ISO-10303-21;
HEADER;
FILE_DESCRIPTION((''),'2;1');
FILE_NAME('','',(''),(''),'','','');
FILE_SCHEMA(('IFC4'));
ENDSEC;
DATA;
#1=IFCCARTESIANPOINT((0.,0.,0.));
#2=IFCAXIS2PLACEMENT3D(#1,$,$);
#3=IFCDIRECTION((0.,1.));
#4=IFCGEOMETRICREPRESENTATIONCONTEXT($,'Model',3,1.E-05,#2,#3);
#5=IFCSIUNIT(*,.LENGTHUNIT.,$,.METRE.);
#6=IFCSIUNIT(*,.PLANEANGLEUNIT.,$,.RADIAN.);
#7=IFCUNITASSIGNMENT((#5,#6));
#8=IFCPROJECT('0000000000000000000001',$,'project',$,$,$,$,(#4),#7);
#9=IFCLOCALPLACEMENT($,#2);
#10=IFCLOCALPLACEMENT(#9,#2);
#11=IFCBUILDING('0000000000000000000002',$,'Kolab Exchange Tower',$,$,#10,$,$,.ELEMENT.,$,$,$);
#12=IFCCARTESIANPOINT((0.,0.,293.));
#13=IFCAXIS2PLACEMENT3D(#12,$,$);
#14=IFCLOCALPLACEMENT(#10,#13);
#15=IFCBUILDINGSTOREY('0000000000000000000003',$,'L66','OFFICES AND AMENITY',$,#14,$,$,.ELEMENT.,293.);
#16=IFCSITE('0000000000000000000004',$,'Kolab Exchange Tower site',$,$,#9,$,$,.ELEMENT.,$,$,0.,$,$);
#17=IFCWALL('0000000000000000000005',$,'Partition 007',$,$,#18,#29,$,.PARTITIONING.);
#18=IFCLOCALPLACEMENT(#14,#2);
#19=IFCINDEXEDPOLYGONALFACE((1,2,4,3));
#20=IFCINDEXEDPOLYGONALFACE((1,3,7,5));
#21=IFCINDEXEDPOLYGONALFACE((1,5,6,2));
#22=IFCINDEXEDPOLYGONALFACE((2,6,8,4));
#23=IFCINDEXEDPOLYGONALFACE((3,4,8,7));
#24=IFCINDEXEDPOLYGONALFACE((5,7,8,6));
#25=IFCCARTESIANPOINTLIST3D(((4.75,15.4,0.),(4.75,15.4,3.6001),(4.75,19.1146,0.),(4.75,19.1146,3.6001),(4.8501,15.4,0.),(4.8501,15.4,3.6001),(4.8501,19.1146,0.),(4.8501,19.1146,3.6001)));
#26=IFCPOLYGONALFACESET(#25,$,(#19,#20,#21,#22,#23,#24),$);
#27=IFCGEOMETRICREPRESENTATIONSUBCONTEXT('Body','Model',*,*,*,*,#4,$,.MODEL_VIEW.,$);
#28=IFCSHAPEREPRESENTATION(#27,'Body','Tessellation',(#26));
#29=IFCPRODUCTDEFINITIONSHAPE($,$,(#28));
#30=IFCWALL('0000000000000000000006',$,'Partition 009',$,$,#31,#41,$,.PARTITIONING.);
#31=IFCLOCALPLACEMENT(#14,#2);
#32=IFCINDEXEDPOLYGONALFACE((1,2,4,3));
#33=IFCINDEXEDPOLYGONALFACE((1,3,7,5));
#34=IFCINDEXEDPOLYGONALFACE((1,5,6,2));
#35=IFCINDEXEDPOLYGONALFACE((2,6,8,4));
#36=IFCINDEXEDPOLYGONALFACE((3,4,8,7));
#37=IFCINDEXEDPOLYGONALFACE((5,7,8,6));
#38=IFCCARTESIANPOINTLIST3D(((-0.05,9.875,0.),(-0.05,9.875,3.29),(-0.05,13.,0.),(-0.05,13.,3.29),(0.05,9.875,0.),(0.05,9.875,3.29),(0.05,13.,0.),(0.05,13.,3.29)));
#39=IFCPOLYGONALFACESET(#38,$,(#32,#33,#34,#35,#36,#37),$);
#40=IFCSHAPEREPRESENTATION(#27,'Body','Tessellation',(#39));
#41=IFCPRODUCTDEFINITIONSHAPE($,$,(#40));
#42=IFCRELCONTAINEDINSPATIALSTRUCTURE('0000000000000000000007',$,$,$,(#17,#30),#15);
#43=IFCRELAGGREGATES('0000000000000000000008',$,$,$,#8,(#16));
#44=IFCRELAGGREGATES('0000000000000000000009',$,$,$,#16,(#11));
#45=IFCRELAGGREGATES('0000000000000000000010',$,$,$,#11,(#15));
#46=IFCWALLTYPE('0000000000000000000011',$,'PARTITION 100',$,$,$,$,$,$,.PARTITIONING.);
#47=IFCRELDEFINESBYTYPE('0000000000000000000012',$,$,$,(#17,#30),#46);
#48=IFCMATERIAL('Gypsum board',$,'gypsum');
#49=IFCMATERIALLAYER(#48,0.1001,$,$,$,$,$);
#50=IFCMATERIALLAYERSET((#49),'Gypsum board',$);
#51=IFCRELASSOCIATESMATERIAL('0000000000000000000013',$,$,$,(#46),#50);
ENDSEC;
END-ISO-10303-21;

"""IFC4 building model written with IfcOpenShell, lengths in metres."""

from ifc_helpers import new_model, si_unit, direction, frame, frame_2d, origin, place, context, subcontext, project, spatial, rectangle, extrude, material, layer, layer_set, type_object, element, save


model = new_model("IFC4")

# Units and contexts
model_context = context("Model", 3, precision=1e-05, world=origin(), true_north=direction((0.0, 1.0)))
body_context = subcontext(model_context, "Body", "Model", "MODEL_VIEW")
ifc_project = project(units=[si_unit("LENGTHUNIT", "METRE"), si_unit("PLANEANGLEUNIT", "RADIAN")], contexts=[model_context])

# Site, building, storey
site_placement = place(None, origin())
site = spatial("IfcSite", under=ifc_project, at=site_placement, Name="Kolab Exchange Tower site", CompositionType="ELEMENT", RefElevation=0.0)
building_placement = place(site_placement, origin())
building = spatial("IfcBuilding", under=site, at=building_placement, Name="Kolab Exchange Tower", CompositionType="ELEMENT")
storey_placement = place(building_placement, frame((0.0, 0.0, 293.0)))
storey = spatial("IfcBuildingStorey", under=building, at=storey_placement, Name="L66", Description="OFFICES AND AMENITY", CompositionType="ELEMENT", Elevation=293.0)

# Walls
ifc_material_1 = material(Name="Gypsum board", Category="gypsum")
ifc_layer_1 = layer(ifc_material_1, 0.1001)
ifc_layer_set_1 = layer_set([ifc_layer_1], Name="Gypsum board")
wall_type_1 = type_object("IfcWallType", Name="PARTITION 100", PredefinedType="PARTITIONING", material=ifc_layer_set_1)
wall_1_placement = place(storey_placement, frame((4.8, 15.3999, 0.0), z_axis=(0.0, 0.0, 1.0), x_axis=(0.0, 1.0, 0.0)))
element("IfcWall", 1, at=wall_1_placement, inside=storey, type_object=wall_type_1, Name="Partition 007", PredefinedType="PARTITIONING", context=body_context, shape_type="SweptSolid", body=[
    extrude(rectangle(XDim=3.7146, YDim=0.1001, at=frame_2d((1.8574, 0.0))), origin(), (0.0, 0.0, 1.0), 3.6001),
])
wall_2_placement = place(storey_placement, frame((0.0, 9.875, 0.0), z_axis=(0.0, 0.0, 1.0), x_axis=(0.0, 1.0, 0.0)))
element("IfcWall", 2, at=wall_2_placement, inside=storey, type_object=wall_type_1, Name="Partition 009", PredefinedType="PARTITIONING", context=body_context, shape_type="SweptSolid", body=[
    extrude(rectangle(XDim=3.125, YDim=0.1001, at=frame_2d((1.5625, 0.0))), origin(), (0.0, 0.0, 1.0), 3.29),
])

save(model, "model.ifc")
